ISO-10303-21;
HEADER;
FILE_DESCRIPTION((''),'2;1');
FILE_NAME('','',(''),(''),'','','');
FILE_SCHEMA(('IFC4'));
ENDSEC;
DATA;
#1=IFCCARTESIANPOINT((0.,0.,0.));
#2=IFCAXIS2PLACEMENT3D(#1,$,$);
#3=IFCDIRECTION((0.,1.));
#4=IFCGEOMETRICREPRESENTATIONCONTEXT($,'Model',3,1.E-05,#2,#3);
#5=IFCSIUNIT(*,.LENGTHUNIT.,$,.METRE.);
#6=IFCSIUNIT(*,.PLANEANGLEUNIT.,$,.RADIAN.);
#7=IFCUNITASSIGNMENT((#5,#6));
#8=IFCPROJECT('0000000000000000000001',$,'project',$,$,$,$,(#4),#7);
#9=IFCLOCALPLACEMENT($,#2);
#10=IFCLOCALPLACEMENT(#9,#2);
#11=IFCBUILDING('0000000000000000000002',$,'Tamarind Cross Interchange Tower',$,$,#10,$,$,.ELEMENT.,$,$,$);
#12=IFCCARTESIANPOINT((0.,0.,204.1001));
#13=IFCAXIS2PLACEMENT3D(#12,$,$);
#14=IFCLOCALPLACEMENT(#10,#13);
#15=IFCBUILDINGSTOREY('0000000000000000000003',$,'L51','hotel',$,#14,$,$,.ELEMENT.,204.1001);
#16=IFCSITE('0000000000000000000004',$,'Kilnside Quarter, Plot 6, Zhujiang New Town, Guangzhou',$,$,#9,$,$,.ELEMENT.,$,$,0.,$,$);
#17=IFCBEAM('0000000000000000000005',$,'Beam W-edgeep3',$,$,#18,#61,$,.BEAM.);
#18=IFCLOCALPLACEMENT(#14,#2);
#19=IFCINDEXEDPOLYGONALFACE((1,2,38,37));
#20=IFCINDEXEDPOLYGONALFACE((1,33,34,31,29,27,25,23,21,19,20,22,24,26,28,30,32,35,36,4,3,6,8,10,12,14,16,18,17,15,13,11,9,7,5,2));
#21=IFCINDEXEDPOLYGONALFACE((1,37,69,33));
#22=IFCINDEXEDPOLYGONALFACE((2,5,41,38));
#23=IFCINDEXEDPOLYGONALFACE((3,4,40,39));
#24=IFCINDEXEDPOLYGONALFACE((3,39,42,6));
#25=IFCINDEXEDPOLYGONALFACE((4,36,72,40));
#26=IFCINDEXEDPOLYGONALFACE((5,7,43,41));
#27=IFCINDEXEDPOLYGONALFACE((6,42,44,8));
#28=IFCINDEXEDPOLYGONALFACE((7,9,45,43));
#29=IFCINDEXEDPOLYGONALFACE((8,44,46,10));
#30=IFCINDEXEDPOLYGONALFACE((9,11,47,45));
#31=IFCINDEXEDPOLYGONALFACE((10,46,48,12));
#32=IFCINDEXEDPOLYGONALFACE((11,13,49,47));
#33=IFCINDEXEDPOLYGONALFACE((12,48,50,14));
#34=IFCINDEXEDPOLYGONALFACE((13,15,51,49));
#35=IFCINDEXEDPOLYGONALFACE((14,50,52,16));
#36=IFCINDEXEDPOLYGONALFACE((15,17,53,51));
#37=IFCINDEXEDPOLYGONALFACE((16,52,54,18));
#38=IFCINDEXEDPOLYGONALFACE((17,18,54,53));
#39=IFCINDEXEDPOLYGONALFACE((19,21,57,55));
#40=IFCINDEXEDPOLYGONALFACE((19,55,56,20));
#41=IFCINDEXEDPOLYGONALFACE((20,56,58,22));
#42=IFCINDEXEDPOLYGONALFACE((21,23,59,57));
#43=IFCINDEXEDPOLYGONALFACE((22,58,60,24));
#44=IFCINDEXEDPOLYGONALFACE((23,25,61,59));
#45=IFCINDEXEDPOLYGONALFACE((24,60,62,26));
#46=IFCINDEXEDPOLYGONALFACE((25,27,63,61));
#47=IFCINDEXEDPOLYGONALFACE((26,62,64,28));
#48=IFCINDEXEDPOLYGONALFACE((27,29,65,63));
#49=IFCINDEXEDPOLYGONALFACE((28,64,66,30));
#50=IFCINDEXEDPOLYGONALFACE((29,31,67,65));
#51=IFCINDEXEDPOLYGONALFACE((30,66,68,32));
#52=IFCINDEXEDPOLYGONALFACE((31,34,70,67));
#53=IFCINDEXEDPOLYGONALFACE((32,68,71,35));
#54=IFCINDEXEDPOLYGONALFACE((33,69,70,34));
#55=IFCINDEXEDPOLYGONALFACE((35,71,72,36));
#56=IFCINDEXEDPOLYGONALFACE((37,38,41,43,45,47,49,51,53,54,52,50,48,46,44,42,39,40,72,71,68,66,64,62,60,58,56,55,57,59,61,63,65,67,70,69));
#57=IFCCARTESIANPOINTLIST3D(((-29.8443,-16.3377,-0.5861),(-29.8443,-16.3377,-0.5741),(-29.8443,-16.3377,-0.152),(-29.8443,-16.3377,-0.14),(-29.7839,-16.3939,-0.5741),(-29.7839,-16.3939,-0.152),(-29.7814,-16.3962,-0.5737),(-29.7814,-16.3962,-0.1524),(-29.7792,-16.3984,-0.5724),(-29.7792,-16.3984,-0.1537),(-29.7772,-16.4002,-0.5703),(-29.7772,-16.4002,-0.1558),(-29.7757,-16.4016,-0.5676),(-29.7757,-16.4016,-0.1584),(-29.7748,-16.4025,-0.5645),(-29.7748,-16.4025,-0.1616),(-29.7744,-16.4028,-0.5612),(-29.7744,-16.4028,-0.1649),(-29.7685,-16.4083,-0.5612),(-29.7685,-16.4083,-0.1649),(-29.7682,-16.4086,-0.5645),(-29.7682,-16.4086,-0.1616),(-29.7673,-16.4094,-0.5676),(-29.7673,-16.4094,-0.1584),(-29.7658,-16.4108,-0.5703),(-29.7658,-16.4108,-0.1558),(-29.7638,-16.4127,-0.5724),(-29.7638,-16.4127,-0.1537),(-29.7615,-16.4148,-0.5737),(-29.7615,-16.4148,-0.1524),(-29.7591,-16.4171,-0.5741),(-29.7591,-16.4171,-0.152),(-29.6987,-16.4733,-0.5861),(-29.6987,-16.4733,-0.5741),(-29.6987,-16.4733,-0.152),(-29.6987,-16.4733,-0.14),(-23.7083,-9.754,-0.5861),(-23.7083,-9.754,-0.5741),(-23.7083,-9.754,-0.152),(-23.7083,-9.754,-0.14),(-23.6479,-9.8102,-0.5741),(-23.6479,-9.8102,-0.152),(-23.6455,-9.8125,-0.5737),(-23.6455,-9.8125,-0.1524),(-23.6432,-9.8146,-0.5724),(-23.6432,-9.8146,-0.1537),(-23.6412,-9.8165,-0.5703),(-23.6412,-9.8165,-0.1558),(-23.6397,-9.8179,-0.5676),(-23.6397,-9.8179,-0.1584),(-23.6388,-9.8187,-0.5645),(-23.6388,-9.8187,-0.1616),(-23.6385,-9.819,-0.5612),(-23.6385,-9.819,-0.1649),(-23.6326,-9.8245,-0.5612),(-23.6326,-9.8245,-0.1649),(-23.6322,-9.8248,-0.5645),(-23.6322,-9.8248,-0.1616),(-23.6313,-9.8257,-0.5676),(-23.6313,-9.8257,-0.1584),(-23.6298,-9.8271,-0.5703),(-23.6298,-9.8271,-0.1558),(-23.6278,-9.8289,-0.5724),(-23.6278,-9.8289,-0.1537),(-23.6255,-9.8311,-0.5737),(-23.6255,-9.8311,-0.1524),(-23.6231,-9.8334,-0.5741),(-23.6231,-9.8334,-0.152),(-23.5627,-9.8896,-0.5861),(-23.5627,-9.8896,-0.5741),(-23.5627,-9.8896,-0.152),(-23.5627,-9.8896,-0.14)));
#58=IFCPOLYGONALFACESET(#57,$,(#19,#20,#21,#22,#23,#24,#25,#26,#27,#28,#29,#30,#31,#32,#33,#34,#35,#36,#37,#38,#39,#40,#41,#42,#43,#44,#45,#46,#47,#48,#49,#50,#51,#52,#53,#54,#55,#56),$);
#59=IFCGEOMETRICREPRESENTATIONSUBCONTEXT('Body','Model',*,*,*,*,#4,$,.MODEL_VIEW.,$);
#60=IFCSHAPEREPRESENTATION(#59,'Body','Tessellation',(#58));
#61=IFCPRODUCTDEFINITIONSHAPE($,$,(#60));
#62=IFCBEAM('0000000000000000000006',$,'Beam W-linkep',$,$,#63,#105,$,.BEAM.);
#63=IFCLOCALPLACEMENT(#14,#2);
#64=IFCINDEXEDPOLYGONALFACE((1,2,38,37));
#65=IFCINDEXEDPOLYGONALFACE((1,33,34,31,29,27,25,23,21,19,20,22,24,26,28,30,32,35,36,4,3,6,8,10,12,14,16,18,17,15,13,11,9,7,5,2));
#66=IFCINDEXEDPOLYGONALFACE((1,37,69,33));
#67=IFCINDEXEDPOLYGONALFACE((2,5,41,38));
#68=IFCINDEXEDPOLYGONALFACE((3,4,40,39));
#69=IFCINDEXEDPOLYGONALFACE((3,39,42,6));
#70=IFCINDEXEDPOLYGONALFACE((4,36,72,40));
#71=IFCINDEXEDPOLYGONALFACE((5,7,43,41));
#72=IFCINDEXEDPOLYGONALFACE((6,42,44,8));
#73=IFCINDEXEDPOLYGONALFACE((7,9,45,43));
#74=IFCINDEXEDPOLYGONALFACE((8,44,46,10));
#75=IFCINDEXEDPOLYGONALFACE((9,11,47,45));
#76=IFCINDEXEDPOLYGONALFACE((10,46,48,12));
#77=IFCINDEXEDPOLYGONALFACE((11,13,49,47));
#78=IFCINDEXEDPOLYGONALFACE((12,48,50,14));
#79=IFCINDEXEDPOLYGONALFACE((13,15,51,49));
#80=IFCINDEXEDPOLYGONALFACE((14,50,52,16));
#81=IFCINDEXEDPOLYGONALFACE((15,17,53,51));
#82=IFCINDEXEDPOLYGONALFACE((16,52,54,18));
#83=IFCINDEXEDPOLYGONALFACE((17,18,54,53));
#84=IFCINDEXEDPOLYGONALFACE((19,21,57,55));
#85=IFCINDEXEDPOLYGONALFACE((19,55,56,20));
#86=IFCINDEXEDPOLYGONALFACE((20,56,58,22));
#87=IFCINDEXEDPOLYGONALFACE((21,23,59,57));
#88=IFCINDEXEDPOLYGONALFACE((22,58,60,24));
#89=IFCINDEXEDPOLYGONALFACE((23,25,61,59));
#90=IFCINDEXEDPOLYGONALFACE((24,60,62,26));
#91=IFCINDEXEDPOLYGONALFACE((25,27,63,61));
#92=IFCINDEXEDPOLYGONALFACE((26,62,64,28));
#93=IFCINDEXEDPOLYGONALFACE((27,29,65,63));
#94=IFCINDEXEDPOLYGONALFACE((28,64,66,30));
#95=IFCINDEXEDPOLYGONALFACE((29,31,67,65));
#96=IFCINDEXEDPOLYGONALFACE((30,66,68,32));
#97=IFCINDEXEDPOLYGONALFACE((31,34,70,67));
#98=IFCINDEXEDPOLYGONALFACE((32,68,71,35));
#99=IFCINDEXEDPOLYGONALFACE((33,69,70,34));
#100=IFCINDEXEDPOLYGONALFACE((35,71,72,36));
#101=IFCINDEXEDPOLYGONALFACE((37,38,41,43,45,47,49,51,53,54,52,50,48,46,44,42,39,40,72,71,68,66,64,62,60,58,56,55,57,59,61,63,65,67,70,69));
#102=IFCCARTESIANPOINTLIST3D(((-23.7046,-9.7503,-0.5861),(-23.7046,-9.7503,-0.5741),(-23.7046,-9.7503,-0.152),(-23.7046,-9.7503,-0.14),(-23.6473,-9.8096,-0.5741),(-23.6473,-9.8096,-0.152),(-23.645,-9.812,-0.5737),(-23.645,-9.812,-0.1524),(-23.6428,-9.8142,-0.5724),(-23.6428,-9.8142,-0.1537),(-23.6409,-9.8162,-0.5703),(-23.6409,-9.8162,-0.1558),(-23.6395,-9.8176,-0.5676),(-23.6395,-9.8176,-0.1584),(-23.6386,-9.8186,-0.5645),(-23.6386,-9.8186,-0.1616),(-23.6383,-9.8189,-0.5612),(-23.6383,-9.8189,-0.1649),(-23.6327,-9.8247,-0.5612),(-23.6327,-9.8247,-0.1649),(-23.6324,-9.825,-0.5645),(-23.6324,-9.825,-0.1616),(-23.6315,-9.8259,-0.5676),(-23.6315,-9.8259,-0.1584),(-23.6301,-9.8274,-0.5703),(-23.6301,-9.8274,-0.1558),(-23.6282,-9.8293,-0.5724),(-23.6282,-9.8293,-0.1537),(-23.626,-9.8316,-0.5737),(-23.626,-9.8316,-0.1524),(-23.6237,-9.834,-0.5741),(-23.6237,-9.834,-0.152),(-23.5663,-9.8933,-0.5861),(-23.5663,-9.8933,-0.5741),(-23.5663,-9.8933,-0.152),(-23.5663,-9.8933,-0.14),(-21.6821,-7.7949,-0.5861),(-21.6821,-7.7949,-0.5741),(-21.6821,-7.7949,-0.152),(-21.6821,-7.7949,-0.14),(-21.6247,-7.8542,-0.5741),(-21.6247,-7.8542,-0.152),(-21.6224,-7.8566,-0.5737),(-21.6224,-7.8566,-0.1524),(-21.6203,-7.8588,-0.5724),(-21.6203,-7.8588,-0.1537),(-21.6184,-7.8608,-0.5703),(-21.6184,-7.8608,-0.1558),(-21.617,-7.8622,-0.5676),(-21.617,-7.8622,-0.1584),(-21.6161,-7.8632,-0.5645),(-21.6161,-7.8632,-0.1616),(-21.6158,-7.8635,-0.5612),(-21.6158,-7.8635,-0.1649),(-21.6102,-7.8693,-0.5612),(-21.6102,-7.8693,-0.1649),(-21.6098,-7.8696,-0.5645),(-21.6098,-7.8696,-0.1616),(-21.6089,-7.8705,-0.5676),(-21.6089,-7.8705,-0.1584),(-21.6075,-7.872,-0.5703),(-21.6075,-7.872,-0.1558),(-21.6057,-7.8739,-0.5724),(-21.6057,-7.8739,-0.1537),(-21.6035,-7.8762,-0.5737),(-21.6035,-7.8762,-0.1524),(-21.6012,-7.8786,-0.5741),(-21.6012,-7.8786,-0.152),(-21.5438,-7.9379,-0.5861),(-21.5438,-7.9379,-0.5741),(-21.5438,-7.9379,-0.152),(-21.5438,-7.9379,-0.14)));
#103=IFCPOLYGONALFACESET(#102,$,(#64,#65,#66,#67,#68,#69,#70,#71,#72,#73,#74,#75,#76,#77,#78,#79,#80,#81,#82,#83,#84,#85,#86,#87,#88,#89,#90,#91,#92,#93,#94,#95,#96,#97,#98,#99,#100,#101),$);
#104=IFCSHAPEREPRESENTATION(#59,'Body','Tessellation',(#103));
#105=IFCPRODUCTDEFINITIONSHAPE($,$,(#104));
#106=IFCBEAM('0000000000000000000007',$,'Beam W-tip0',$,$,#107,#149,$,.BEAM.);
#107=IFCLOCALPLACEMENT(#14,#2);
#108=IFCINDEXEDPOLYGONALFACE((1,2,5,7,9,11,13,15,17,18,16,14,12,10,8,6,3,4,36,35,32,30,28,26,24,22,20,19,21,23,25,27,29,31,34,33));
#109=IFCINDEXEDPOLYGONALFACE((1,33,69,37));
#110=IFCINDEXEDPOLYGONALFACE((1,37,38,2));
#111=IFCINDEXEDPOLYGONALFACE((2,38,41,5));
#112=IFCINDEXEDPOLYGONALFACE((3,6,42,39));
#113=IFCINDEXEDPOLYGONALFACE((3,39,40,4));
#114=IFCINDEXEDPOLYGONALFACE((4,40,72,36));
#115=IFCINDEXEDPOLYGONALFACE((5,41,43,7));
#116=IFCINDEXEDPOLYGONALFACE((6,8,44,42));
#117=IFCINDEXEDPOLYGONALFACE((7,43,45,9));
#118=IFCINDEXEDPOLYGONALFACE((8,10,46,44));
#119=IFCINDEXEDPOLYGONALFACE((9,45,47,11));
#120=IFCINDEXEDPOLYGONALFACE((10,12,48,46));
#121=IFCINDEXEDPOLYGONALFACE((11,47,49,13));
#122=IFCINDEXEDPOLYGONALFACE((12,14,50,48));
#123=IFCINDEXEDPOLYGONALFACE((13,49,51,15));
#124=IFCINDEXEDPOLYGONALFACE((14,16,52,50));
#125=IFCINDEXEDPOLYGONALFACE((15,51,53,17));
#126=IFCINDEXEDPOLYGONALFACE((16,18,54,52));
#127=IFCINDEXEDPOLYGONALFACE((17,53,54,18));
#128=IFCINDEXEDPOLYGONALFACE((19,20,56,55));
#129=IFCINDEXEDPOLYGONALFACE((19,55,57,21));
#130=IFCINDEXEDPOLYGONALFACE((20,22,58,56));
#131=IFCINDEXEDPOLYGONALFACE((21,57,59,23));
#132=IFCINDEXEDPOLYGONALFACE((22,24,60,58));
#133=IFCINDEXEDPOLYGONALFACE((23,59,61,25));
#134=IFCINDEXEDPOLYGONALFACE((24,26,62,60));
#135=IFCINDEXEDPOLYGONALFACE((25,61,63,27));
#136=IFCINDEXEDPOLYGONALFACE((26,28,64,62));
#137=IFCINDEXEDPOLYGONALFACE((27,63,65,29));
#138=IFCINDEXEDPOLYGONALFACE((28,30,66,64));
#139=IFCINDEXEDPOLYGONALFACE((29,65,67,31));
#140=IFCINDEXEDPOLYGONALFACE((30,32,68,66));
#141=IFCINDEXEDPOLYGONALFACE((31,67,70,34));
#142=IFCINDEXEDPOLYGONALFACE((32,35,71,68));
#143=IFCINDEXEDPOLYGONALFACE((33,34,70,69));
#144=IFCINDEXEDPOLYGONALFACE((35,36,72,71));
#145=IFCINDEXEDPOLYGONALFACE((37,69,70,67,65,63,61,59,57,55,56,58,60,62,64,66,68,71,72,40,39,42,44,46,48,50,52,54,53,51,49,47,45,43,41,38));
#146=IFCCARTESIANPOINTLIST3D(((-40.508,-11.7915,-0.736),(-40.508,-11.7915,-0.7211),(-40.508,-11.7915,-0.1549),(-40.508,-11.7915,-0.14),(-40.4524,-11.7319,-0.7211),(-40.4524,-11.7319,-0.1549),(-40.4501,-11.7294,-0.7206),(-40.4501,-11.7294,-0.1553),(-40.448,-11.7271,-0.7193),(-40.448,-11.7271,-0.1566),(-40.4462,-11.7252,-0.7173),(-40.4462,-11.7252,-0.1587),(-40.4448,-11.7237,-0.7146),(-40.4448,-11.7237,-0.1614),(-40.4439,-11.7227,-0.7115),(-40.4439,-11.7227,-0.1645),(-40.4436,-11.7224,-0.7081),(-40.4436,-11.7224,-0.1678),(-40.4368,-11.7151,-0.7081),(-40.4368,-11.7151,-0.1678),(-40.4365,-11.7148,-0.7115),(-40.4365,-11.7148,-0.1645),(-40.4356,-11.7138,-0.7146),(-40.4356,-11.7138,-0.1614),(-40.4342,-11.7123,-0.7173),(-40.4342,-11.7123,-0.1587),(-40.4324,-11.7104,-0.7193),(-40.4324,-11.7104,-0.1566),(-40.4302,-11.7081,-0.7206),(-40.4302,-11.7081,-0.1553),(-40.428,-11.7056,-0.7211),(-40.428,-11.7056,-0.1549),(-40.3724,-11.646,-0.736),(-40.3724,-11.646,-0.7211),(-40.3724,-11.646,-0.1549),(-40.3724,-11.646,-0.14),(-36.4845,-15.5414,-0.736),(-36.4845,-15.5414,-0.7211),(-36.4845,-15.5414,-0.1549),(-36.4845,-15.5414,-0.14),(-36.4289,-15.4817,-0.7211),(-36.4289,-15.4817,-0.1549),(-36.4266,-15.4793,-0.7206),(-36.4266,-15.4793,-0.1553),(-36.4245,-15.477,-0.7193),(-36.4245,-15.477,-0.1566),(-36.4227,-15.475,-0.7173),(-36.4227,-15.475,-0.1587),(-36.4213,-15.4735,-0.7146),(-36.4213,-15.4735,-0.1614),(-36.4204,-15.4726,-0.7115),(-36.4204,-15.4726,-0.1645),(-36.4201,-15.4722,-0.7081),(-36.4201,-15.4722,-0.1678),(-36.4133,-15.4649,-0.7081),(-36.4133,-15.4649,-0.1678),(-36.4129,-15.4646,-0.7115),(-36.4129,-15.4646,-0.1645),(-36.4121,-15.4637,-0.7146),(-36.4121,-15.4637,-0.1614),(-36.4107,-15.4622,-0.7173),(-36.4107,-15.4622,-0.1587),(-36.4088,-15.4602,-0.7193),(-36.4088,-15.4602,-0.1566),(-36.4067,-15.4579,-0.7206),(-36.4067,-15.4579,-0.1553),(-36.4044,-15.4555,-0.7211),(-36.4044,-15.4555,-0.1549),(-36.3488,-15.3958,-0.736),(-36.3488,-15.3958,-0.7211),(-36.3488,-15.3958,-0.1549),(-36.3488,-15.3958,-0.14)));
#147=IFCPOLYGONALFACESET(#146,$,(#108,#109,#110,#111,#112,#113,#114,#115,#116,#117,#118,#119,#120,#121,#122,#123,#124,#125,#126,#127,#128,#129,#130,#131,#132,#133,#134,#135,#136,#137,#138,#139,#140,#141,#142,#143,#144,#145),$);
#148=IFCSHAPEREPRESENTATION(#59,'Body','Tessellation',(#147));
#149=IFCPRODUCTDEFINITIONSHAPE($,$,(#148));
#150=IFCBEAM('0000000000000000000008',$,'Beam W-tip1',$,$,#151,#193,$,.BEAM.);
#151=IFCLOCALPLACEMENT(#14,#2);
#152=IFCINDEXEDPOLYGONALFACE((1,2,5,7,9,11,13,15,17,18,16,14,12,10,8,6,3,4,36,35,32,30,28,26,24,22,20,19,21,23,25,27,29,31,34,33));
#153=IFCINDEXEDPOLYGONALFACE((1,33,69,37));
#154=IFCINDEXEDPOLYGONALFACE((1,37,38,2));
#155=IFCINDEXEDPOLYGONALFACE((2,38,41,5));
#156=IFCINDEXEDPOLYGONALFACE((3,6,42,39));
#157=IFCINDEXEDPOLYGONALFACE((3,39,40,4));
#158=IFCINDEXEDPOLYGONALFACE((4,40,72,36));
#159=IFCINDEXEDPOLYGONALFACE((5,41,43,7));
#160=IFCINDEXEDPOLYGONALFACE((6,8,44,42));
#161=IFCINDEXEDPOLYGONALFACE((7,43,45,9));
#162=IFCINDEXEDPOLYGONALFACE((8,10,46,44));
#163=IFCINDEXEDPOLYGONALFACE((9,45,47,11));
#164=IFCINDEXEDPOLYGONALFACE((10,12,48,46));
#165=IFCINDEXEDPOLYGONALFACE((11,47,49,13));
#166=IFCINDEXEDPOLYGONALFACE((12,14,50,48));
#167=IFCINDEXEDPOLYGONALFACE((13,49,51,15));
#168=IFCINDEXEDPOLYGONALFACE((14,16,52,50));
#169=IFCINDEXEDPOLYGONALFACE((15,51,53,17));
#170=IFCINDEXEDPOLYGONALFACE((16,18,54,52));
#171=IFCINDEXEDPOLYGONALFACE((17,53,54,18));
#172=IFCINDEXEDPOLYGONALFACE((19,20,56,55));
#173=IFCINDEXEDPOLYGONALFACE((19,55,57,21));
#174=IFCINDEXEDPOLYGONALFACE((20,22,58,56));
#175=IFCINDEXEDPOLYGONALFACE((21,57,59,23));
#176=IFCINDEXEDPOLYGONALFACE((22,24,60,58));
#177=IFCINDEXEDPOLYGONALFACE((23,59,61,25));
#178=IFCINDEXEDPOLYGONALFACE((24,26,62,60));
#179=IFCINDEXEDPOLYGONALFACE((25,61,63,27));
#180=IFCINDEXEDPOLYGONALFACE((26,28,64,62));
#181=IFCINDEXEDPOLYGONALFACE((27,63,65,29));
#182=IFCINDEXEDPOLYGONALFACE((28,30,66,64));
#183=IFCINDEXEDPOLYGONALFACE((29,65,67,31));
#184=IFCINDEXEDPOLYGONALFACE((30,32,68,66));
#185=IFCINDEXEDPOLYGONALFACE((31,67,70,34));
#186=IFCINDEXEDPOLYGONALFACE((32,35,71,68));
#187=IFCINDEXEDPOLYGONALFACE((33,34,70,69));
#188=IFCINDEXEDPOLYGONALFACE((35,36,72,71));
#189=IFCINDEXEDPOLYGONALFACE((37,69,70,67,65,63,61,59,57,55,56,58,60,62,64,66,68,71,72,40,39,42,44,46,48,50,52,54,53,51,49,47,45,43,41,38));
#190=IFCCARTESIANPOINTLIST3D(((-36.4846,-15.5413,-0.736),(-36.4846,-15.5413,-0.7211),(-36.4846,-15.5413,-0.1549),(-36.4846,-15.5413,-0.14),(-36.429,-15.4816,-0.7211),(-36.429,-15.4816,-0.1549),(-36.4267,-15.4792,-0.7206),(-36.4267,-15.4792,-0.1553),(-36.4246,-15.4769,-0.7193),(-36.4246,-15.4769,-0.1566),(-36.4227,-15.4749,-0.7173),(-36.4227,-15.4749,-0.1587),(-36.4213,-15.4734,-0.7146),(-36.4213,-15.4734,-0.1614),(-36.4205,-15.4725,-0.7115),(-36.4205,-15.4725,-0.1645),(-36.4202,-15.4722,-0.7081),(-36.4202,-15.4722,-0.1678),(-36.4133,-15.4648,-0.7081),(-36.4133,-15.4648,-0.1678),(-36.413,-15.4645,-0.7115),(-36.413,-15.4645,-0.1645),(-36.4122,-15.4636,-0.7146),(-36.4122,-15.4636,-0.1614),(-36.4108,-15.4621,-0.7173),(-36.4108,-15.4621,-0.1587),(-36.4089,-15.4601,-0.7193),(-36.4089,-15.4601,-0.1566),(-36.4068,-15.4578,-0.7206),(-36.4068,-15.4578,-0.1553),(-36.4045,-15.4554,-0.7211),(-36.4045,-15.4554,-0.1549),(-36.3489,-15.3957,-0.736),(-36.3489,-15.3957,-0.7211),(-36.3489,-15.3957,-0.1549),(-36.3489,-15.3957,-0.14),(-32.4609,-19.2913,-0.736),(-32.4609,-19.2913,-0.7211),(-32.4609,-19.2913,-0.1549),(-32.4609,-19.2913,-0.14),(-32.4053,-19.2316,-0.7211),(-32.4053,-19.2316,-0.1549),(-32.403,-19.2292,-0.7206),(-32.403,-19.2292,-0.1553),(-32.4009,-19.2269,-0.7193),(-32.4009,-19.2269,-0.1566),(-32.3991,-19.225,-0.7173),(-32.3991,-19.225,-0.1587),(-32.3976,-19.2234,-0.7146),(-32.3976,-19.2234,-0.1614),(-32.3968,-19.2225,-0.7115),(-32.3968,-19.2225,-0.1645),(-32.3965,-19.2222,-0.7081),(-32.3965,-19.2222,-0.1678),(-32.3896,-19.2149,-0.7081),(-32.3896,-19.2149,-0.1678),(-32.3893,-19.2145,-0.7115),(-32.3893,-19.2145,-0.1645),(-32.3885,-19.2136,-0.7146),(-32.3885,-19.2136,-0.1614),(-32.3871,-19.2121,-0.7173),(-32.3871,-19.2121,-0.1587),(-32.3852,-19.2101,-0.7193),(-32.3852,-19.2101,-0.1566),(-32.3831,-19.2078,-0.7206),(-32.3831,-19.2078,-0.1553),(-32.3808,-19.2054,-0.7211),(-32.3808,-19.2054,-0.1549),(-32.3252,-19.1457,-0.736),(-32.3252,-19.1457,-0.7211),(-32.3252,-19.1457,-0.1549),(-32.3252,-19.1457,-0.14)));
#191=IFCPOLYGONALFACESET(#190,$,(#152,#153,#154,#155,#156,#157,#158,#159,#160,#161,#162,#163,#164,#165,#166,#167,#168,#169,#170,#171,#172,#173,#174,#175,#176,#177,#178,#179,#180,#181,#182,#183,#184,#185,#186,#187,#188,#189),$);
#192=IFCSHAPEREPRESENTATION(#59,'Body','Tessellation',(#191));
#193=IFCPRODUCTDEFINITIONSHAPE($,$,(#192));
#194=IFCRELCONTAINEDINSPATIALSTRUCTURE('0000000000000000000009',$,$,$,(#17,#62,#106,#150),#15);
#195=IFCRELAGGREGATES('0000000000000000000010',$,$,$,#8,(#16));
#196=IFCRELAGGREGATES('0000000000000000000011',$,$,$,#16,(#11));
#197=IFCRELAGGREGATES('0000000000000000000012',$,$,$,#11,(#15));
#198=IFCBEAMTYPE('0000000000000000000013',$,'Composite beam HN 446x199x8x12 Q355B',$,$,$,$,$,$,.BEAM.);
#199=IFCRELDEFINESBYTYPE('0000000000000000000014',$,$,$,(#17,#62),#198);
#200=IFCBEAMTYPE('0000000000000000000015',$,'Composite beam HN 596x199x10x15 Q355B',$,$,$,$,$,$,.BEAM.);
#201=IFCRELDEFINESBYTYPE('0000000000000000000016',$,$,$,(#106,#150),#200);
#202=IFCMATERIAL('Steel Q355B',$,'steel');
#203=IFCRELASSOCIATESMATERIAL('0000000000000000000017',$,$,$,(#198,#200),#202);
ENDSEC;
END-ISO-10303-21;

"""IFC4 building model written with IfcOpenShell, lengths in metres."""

from ifc_helpers import new_model, si_unit, direction, frame, origin, origin_2d, place, context, subcontext, project, spatial, i_section, extrude, material, material_profile, profile_set, type_object, element, save


model = new_model("IFC4")

# Units and contexts
model_context = context("Model", 3, precision=1e-05, world=origin(), true_north=direction((0.0, 1.0)))
body_context = subcontext(model_context, "Body", "Model", "MODEL_VIEW")
ifc_project = project(units=[si_unit("LENGTHUNIT", "METRE"), si_unit("PLANEANGLEUNIT", "RADIAN")], contexts=[model_context])

# Site, building, storey
site_placement = place(None, origin())
site = spatial("IfcSite", under=ifc_project, at=site_placement, Name="Kilnside Quarter, Plot 6, Zhujiang New Town, Guangzhou", CompositionType="ELEMENT", RefElevation=0.0)
building_placement = place(site_placement, origin())
building = spatial("IfcBuilding", under=site, at=building_placement, Name="Tamarind Cross Interchange Tower", CompositionType="ELEMENT")
storey_placement = place(building_placement, frame((0.0, 0.0, 204.1001)))
storey = spatial("IfcBuildingStorey", under=building, at=storey_placement, Name="L51", Description="hotel", CompositionType="ELEMENT", Elevation=204.1001)

# Beams
ifc_material_1 = material(Name="Steel Q355B", Category="steel")
ifc_material_profile_1 = material_profile(ifc_material_1, i_section(OverallWidth=0.199, OverallDepth=0.446, WebThickness=0.0081, FlangeThickness=0.012, FilletRadius=0.0129, at=origin_2d()), Name="HN 446x199x8x12")
ifc_profile_set_1 = profile_set([ifc_material_profile_1], Name="Steel Q355B")
beam_type_1 = type_object("IfcBeamType", Name="Composite beam HN 446x199x8x12 Q355B", PredefinedType="BEAM", material=ifc_profile_set_1)
beam_1_placement = place(storey_placement, frame((-29.7715, -16.4055, -0.363), z_axis=(0.681793, 0.731545, 0.0), x_axis=(-0.731545, 0.681793, 0.0)))
element("IfcBeam", 1, at=beam_1_placement, inside=storey, type_object=beam_type_1, Name="Beam W-edgeep3", PredefinedType="BEAM", context=body_context, shape_type="SweptSolid", body=[
    extrude(i_section(OverallWidth=0.199, OverallDepth=0.446, WebThickness=0.0081, FlangeThickness=0.012, FilletRadius=0.0129, at=origin_2d()), origin(), (0.0, 0.0, 1.0), 8.9998),
])
beam_2_placement = place(storey_placement, frame((-23.6355, -9.8218, -0.363), z_axis=(0.718939, 0.695073, 0.0), x_axis=(-0.695073, 0.718939, 0.0)))
element("IfcBeam", 2, at=beam_2_placement, inside=storey, type_object=beam_type_1, Name="Beam W-linkep", PredefinedType="BEAM", context=body_context, shape_type="SweptSolid", body=[
    extrude(i_section(OverallWidth=0.199, OverallDepth=0.446, WebThickness=0.0081, FlangeThickness=0.012, FilletRadius=0.0129, at=origin_2d()), origin(), (0.0, 0.0, 1.0), 2.8132),
])
ifc_material_profile_2 = material_profile(ifc_material_1, i_section(OverallWidth=0.199, OverallDepth=0.5959, WebThickness=0.01, FlangeThickness=0.0149, FilletRadius=0.0129, at=origin_2d()), Name="HN 596x199x10x15")
ifc_profile_set_2 = profile_set([ifc_material_profile_2], Name="Steel Q355B")
beam_type_2 = type_object("IfcBeamType", Name="Composite beam HN 596x199x10x15 Q355B", PredefinedType="BEAM", material=ifc_profile_set_2)
beam_3_placement = place(storey_placement, frame((-40.4402, -11.7188, -0.438), z_axis=(0.73155, -0.681788, 0.0), x_axis=(0.681788, 0.73155, 0.0)))
element("IfcBeam", 3, at=beam_3_placement, inside=storey, type_object=beam_type_2, Name="Beam W-tip0", PredefinedType="BEAM", context=body_context, shape_type="SweptSolid", body=[
    extrude(i_section(OverallWidth=0.199, OverallDepth=0.5959, WebThickness=0.01, FlangeThickness=0.0149, FilletRadius=0.0129, at=origin_2d()), origin(), (0.0, 0.0, 1.0), 5.5),
])
beam_4_placement = place(storey_placement, frame((-36.4167, -15.4685, -0.438), z_axis=(0.731548, -0.68179, 0.0), x_axis=(0.68179, 0.731548, 0.0)))
element("IfcBeam", 4, at=beam_4_placement, inside=storey, type_object=beam_type_2, Name="Beam W-tip1", PredefinedType="BEAM", context=body_context, shape_type="SweptSolid", body=[
    extrude(i_section(OverallWidth=0.199, OverallDepth=0.5959, WebThickness=0.01, FlangeThickness=0.0149, FilletRadius=0.0129, at=origin_2d()), origin(), (0.0, 0.0, 1.0), 5.5002),
])

save(model, "model.ifc")
